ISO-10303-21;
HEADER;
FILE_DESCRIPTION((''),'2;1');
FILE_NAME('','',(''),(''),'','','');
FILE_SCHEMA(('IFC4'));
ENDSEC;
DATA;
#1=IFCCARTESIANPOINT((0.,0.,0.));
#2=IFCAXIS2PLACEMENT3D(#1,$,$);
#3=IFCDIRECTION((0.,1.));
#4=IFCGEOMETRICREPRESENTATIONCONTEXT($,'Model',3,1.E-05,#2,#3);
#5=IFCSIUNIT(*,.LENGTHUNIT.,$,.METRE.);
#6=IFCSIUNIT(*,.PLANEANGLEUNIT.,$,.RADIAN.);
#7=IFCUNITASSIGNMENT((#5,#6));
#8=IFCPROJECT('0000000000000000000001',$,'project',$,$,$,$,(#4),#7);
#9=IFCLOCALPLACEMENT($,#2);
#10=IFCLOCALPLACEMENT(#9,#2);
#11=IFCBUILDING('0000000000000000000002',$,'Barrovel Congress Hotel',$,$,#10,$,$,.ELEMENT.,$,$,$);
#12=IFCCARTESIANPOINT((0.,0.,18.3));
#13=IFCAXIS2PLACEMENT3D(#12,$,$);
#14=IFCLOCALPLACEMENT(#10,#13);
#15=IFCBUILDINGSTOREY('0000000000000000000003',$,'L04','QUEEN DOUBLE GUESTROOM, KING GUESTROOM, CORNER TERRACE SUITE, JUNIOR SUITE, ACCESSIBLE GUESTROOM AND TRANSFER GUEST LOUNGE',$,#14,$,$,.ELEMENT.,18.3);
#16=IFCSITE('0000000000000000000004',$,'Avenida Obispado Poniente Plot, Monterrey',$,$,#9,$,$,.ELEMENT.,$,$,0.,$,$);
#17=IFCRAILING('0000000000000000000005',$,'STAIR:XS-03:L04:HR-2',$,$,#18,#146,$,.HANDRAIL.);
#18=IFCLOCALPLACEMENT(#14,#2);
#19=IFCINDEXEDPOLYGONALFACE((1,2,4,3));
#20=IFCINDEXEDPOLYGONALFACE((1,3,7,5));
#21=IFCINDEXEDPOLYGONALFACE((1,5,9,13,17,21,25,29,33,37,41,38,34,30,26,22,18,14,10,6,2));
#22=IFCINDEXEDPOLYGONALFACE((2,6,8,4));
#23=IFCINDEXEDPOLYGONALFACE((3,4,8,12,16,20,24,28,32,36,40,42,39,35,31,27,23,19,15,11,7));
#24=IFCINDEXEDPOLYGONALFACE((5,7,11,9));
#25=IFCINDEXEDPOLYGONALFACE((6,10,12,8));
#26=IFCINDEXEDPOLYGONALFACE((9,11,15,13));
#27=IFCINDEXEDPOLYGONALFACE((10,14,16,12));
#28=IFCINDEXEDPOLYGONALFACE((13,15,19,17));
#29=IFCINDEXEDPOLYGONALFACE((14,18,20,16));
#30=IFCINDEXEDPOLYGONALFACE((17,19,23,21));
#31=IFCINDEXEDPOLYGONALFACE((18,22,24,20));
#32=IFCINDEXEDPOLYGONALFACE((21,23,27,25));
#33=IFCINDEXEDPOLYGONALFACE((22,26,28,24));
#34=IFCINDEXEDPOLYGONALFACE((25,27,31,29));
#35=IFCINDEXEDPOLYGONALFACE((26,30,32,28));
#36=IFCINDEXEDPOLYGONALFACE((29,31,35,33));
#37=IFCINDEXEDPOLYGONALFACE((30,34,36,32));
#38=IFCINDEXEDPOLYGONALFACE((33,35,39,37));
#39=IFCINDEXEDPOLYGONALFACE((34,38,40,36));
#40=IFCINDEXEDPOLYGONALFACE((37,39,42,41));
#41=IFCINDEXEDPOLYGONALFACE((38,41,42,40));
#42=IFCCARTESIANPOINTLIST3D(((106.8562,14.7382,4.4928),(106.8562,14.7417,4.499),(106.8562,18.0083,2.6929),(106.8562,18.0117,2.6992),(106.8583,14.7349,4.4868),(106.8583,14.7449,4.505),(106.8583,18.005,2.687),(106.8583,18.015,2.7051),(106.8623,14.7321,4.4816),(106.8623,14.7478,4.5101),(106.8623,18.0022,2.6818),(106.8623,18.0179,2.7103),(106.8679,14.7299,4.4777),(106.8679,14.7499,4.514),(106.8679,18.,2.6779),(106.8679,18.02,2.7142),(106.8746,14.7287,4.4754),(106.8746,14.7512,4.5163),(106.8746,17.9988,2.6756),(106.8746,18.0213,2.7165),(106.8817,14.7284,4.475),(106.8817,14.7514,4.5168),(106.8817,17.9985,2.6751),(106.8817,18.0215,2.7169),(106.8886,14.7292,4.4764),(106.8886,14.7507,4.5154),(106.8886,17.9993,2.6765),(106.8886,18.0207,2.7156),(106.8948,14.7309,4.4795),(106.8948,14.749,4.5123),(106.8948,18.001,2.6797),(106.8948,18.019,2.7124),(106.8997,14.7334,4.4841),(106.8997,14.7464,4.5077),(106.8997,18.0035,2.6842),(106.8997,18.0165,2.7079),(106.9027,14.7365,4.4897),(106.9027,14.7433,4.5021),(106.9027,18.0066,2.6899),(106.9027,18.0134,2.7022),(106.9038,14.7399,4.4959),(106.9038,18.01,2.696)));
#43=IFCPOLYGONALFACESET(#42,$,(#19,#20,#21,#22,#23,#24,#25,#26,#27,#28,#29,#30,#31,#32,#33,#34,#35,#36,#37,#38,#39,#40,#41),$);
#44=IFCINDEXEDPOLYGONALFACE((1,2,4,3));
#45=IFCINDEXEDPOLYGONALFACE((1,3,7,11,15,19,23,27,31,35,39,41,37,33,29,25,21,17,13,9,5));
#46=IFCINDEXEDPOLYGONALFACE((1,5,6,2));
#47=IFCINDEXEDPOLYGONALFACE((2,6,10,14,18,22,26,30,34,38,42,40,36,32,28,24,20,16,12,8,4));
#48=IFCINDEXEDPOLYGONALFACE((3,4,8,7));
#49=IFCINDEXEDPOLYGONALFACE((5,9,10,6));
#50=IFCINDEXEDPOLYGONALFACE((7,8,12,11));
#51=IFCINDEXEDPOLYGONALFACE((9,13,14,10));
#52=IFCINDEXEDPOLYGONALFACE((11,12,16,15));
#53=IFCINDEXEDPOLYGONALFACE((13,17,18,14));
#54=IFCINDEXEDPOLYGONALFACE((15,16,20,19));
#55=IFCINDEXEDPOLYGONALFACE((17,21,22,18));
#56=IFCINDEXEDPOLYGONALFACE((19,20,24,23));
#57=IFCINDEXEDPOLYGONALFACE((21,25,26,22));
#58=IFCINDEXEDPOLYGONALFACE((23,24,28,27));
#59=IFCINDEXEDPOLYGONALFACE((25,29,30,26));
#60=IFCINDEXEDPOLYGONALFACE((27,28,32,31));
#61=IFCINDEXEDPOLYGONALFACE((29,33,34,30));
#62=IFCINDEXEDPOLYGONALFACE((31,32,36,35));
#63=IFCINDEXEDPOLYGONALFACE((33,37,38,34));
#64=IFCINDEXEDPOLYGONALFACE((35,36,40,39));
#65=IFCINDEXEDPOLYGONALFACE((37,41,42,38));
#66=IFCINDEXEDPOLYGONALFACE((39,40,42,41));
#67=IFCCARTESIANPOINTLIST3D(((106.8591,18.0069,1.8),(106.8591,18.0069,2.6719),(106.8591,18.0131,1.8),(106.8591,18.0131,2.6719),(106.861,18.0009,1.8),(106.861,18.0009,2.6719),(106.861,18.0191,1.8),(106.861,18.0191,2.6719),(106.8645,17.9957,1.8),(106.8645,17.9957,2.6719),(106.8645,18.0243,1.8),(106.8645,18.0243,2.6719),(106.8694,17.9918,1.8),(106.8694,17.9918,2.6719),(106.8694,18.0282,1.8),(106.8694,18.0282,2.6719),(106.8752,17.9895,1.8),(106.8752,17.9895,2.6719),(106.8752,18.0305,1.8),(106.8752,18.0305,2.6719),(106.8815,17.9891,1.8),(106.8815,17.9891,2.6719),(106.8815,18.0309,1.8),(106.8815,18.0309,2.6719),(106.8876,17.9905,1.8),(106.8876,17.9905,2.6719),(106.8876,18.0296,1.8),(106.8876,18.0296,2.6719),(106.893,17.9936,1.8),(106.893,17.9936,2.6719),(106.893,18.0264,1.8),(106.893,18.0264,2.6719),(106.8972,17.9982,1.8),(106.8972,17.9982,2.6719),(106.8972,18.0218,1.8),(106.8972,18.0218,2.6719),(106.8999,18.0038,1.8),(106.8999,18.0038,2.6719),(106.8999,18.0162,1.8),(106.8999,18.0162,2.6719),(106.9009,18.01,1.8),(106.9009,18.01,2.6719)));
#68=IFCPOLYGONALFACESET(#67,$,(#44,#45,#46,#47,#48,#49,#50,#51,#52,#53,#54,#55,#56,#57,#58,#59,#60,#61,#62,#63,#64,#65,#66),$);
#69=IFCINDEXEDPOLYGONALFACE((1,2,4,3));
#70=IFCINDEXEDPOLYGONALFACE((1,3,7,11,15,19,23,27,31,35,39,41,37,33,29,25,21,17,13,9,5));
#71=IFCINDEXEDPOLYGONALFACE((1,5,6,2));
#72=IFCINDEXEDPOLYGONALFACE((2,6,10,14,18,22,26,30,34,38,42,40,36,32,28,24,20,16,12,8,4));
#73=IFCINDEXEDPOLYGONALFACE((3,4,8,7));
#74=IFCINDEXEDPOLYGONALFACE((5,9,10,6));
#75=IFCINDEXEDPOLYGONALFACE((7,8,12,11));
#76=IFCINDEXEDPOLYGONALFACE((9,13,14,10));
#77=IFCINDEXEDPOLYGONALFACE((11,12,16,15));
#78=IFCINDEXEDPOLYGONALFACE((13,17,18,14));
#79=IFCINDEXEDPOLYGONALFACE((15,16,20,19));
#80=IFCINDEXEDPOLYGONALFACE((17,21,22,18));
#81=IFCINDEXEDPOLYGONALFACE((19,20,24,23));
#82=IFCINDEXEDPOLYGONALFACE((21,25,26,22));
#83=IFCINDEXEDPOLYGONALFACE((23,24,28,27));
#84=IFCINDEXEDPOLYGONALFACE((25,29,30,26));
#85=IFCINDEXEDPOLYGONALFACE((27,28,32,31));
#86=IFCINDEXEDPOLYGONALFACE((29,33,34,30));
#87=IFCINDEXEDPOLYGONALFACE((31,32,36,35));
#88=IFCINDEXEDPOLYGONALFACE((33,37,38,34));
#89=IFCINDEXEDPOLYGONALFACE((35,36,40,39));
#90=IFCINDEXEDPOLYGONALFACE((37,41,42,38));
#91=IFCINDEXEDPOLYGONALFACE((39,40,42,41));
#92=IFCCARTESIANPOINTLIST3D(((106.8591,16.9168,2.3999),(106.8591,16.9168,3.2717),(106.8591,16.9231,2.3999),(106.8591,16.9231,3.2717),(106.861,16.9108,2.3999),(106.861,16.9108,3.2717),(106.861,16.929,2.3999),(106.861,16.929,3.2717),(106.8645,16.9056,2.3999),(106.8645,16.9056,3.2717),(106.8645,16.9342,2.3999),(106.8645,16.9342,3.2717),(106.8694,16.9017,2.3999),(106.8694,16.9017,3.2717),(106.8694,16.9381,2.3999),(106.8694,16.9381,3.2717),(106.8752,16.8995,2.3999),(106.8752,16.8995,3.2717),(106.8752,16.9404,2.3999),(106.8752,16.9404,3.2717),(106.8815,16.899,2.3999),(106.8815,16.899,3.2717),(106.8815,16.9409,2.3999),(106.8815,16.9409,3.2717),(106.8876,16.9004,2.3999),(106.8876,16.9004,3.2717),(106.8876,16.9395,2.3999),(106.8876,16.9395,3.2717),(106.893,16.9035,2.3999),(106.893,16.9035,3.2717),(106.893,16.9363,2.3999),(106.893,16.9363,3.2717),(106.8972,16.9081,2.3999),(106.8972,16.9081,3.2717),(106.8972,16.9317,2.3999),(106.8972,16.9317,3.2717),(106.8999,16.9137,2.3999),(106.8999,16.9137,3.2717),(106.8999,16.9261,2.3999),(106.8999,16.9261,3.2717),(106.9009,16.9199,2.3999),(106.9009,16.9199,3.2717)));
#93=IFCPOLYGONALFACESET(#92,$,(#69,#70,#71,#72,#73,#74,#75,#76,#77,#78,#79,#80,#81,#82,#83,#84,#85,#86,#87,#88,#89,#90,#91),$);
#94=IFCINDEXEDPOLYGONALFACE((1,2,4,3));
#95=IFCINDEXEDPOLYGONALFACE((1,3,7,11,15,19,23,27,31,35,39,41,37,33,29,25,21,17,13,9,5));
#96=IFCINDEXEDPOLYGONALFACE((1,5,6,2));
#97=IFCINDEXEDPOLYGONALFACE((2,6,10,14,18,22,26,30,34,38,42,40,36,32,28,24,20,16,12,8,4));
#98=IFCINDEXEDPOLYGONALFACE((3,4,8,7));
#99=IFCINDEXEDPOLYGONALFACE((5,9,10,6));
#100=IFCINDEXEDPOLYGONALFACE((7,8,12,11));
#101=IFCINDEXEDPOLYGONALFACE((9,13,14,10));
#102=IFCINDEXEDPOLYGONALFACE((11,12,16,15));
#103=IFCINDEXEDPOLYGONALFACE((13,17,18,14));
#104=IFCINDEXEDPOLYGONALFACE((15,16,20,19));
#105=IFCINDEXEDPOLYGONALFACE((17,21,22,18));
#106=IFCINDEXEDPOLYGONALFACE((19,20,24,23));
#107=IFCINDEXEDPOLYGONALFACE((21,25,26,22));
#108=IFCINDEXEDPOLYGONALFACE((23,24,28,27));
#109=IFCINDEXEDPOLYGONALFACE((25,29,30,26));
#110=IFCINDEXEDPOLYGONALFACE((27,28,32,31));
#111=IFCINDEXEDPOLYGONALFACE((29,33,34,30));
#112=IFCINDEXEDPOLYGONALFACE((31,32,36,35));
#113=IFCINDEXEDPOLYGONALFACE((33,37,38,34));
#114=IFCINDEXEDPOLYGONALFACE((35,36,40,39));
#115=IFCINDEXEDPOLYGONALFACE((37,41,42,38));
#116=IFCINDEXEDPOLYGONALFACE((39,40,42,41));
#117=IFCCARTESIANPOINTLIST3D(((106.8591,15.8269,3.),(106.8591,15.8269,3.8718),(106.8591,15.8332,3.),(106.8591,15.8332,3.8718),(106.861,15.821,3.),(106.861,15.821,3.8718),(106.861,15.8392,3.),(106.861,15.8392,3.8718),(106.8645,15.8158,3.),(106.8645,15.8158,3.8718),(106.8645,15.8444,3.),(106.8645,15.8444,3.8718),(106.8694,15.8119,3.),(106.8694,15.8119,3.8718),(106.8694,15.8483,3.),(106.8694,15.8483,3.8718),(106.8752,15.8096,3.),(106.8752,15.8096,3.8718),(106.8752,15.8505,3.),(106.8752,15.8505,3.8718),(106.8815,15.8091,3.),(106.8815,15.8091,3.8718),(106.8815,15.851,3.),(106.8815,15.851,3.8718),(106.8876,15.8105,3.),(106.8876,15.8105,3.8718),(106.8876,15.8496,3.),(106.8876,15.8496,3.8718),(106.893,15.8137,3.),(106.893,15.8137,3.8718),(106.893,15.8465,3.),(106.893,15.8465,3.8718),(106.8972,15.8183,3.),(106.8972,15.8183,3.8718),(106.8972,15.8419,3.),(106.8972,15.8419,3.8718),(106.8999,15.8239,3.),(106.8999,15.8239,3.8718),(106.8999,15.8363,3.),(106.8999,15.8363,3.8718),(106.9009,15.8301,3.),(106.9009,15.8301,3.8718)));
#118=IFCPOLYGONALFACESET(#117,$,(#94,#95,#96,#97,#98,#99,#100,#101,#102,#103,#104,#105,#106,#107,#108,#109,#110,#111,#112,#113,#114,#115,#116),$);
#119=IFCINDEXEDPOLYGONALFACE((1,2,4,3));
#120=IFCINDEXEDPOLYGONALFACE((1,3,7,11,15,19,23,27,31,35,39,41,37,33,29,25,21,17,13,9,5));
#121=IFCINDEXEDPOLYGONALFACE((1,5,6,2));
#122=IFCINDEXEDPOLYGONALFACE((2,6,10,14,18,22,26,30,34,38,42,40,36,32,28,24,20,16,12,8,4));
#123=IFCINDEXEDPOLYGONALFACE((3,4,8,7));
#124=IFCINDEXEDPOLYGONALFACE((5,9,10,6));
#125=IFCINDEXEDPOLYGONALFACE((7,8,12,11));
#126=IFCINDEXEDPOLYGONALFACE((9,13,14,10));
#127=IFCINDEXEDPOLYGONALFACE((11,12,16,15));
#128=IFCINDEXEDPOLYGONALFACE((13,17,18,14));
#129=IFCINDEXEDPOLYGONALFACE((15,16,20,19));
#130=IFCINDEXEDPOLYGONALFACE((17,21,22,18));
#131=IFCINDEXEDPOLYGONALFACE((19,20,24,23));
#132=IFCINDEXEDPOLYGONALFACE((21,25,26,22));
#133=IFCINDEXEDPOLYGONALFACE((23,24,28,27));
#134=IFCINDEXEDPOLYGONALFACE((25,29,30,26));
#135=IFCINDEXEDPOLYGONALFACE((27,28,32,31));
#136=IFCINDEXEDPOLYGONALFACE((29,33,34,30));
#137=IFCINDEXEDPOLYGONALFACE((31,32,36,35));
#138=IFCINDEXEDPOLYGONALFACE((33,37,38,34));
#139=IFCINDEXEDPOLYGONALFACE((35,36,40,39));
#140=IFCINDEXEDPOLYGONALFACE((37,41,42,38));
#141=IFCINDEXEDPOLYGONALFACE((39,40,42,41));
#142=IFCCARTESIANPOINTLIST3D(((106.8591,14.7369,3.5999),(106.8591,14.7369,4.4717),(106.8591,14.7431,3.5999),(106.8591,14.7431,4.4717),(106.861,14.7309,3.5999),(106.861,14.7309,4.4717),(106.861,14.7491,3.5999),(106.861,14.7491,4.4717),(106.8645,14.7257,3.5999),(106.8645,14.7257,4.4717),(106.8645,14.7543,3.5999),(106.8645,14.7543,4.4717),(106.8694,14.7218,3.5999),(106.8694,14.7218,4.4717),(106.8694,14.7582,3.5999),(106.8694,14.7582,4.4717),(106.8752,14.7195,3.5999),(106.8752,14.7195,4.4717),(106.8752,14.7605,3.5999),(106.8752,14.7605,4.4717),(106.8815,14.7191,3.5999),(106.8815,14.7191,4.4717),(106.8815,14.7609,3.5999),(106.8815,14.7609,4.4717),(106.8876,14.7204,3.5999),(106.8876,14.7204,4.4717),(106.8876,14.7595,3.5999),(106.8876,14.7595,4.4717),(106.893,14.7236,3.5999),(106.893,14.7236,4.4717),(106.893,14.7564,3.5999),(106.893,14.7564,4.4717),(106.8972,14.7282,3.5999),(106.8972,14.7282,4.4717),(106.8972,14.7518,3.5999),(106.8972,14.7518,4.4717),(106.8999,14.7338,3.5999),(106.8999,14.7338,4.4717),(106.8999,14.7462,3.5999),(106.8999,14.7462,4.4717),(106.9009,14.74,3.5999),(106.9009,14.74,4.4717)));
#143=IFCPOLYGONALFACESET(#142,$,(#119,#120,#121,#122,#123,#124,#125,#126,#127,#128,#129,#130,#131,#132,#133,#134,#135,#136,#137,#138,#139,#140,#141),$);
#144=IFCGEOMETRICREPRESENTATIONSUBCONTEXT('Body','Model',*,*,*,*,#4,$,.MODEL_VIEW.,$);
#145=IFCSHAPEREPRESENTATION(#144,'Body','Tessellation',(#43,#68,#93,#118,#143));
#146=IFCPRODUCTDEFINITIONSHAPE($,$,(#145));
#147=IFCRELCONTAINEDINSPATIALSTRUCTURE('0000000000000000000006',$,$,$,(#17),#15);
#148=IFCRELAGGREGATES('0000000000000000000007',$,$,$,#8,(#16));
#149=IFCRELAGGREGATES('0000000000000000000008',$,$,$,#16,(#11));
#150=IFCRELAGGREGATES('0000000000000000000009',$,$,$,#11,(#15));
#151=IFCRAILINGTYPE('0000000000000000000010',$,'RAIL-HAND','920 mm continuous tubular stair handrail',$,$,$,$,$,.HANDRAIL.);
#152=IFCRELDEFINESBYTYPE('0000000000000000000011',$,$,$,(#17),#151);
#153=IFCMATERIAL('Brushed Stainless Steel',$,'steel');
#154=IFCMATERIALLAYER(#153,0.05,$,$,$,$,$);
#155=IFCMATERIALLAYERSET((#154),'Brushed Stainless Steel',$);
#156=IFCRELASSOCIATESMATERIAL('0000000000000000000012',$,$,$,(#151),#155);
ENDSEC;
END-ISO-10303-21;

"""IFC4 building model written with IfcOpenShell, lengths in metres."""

from ifc_helpers import new_model, si_unit, direction, frame, origin, origin_2d, place, context, subcontext, project, spatial, circle, extrude, material, layer, layer_set, type_object, element, save


model = new_model("IFC4")

# Units and contexts
model_context = context("Model", 3, precision=1e-05, world=origin(), true_north=direction((0.0, 1.0)))
body_context = subcontext(model_context, "Body", "Model", "MODEL_VIEW")
ifc_project = project(units=[si_unit("LENGTHUNIT", "METRE"), si_unit("PLANEANGLEUNIT", "RADIAN")], contexts=[model_context])

# Site, building, storey
site_placement = place(None, origin())
site = spatial("IfcSite", under=ifc_project, at=site_placement, Name="Avenida Obispado Poniente Plot, Monterrey", CompositionType="ELEMENT", RefElevation=0.0)
building_placement = place(site_placement, origin())
building = spatial("IfcBuilding", under=site, at=building_placement, Name="Barrovel Congress Hotel", CompositionType="ELEMENT")
storey_placement = place(building_placement, frame((0.0, 0.0, 18.3)))
storey = spatial("IfcBuildingStorey", under=building, at=storey_placement, Name="L04", Description="QUEEN DOUBLE GUESTROOM, KING GUESTROOM, CORNER TERRACE SUITE, JUNIOR SUITE, ACCESSIBLE GUESTROOM AND TRANSFER GUEST LOUNGE", CompositionType="ELEMENT", Elevation=18.3)

# Railing
ifc_material_1 = material(Name="Brushed Stainless Steel", Category="steel")
ifc_layer_1 = layer(ifc_material_1, 0.05)
ifc_layer_set_1 = layer_set([ifc_layer_1], Name="Brushed Stainless Steel")
railing_type_1 = type_object("IfcRailingType", Name="RAIL-HAND", Description="920 mm continuous tubular stair handrail", PredefinedType="HANDRAIL", material=ifc_layer_set_1)
railing_1_placement = place(storey_placement, frame((106.8799, 18.01, 1.8)))
element("IfcRailing", 1, at=railing_1_placement, inside=storey, type_object=railing_type_1, Name="STAIR:XS-03:L04:HR-2", PredefinedType="HANDRAIL", context=body_context, shape_type="SweptSolid", body=[
    extrude(circle(Radius=0.0239, at=origin_2d()), frame((0.0, 0.0, 0.896), z_axis=(0.0, -0.876069, 0.482185), x_axis=(1.0, 0.0, 0.0)), (0.0, 0.0, 1.0), 3.7327),
    extrude(circle(Radius=0.021, at=origin_2d()), origin(), (0.0, 0.0, 1.0), 0.8718),
    extrude(circle(Radius=0.021, at=origin_2d()), frame((0.0, -1.0901, 0.5999)), (0.0, 0.0, 1.0), 0.8718),
    extrude(circle(Radius=0.021, at=origin_2d()), frame((0.0, -2.1799, 1.2)), (0.0, 0.0, 1.0), 0.8718),
    extrude(circle(Radius=0.021, at=origin_2d()), frame((0.0, -3.27, 1.7998)), (0.0, 0.0, 1.0), 0.8718),
])

save(model, "model.ifc")
